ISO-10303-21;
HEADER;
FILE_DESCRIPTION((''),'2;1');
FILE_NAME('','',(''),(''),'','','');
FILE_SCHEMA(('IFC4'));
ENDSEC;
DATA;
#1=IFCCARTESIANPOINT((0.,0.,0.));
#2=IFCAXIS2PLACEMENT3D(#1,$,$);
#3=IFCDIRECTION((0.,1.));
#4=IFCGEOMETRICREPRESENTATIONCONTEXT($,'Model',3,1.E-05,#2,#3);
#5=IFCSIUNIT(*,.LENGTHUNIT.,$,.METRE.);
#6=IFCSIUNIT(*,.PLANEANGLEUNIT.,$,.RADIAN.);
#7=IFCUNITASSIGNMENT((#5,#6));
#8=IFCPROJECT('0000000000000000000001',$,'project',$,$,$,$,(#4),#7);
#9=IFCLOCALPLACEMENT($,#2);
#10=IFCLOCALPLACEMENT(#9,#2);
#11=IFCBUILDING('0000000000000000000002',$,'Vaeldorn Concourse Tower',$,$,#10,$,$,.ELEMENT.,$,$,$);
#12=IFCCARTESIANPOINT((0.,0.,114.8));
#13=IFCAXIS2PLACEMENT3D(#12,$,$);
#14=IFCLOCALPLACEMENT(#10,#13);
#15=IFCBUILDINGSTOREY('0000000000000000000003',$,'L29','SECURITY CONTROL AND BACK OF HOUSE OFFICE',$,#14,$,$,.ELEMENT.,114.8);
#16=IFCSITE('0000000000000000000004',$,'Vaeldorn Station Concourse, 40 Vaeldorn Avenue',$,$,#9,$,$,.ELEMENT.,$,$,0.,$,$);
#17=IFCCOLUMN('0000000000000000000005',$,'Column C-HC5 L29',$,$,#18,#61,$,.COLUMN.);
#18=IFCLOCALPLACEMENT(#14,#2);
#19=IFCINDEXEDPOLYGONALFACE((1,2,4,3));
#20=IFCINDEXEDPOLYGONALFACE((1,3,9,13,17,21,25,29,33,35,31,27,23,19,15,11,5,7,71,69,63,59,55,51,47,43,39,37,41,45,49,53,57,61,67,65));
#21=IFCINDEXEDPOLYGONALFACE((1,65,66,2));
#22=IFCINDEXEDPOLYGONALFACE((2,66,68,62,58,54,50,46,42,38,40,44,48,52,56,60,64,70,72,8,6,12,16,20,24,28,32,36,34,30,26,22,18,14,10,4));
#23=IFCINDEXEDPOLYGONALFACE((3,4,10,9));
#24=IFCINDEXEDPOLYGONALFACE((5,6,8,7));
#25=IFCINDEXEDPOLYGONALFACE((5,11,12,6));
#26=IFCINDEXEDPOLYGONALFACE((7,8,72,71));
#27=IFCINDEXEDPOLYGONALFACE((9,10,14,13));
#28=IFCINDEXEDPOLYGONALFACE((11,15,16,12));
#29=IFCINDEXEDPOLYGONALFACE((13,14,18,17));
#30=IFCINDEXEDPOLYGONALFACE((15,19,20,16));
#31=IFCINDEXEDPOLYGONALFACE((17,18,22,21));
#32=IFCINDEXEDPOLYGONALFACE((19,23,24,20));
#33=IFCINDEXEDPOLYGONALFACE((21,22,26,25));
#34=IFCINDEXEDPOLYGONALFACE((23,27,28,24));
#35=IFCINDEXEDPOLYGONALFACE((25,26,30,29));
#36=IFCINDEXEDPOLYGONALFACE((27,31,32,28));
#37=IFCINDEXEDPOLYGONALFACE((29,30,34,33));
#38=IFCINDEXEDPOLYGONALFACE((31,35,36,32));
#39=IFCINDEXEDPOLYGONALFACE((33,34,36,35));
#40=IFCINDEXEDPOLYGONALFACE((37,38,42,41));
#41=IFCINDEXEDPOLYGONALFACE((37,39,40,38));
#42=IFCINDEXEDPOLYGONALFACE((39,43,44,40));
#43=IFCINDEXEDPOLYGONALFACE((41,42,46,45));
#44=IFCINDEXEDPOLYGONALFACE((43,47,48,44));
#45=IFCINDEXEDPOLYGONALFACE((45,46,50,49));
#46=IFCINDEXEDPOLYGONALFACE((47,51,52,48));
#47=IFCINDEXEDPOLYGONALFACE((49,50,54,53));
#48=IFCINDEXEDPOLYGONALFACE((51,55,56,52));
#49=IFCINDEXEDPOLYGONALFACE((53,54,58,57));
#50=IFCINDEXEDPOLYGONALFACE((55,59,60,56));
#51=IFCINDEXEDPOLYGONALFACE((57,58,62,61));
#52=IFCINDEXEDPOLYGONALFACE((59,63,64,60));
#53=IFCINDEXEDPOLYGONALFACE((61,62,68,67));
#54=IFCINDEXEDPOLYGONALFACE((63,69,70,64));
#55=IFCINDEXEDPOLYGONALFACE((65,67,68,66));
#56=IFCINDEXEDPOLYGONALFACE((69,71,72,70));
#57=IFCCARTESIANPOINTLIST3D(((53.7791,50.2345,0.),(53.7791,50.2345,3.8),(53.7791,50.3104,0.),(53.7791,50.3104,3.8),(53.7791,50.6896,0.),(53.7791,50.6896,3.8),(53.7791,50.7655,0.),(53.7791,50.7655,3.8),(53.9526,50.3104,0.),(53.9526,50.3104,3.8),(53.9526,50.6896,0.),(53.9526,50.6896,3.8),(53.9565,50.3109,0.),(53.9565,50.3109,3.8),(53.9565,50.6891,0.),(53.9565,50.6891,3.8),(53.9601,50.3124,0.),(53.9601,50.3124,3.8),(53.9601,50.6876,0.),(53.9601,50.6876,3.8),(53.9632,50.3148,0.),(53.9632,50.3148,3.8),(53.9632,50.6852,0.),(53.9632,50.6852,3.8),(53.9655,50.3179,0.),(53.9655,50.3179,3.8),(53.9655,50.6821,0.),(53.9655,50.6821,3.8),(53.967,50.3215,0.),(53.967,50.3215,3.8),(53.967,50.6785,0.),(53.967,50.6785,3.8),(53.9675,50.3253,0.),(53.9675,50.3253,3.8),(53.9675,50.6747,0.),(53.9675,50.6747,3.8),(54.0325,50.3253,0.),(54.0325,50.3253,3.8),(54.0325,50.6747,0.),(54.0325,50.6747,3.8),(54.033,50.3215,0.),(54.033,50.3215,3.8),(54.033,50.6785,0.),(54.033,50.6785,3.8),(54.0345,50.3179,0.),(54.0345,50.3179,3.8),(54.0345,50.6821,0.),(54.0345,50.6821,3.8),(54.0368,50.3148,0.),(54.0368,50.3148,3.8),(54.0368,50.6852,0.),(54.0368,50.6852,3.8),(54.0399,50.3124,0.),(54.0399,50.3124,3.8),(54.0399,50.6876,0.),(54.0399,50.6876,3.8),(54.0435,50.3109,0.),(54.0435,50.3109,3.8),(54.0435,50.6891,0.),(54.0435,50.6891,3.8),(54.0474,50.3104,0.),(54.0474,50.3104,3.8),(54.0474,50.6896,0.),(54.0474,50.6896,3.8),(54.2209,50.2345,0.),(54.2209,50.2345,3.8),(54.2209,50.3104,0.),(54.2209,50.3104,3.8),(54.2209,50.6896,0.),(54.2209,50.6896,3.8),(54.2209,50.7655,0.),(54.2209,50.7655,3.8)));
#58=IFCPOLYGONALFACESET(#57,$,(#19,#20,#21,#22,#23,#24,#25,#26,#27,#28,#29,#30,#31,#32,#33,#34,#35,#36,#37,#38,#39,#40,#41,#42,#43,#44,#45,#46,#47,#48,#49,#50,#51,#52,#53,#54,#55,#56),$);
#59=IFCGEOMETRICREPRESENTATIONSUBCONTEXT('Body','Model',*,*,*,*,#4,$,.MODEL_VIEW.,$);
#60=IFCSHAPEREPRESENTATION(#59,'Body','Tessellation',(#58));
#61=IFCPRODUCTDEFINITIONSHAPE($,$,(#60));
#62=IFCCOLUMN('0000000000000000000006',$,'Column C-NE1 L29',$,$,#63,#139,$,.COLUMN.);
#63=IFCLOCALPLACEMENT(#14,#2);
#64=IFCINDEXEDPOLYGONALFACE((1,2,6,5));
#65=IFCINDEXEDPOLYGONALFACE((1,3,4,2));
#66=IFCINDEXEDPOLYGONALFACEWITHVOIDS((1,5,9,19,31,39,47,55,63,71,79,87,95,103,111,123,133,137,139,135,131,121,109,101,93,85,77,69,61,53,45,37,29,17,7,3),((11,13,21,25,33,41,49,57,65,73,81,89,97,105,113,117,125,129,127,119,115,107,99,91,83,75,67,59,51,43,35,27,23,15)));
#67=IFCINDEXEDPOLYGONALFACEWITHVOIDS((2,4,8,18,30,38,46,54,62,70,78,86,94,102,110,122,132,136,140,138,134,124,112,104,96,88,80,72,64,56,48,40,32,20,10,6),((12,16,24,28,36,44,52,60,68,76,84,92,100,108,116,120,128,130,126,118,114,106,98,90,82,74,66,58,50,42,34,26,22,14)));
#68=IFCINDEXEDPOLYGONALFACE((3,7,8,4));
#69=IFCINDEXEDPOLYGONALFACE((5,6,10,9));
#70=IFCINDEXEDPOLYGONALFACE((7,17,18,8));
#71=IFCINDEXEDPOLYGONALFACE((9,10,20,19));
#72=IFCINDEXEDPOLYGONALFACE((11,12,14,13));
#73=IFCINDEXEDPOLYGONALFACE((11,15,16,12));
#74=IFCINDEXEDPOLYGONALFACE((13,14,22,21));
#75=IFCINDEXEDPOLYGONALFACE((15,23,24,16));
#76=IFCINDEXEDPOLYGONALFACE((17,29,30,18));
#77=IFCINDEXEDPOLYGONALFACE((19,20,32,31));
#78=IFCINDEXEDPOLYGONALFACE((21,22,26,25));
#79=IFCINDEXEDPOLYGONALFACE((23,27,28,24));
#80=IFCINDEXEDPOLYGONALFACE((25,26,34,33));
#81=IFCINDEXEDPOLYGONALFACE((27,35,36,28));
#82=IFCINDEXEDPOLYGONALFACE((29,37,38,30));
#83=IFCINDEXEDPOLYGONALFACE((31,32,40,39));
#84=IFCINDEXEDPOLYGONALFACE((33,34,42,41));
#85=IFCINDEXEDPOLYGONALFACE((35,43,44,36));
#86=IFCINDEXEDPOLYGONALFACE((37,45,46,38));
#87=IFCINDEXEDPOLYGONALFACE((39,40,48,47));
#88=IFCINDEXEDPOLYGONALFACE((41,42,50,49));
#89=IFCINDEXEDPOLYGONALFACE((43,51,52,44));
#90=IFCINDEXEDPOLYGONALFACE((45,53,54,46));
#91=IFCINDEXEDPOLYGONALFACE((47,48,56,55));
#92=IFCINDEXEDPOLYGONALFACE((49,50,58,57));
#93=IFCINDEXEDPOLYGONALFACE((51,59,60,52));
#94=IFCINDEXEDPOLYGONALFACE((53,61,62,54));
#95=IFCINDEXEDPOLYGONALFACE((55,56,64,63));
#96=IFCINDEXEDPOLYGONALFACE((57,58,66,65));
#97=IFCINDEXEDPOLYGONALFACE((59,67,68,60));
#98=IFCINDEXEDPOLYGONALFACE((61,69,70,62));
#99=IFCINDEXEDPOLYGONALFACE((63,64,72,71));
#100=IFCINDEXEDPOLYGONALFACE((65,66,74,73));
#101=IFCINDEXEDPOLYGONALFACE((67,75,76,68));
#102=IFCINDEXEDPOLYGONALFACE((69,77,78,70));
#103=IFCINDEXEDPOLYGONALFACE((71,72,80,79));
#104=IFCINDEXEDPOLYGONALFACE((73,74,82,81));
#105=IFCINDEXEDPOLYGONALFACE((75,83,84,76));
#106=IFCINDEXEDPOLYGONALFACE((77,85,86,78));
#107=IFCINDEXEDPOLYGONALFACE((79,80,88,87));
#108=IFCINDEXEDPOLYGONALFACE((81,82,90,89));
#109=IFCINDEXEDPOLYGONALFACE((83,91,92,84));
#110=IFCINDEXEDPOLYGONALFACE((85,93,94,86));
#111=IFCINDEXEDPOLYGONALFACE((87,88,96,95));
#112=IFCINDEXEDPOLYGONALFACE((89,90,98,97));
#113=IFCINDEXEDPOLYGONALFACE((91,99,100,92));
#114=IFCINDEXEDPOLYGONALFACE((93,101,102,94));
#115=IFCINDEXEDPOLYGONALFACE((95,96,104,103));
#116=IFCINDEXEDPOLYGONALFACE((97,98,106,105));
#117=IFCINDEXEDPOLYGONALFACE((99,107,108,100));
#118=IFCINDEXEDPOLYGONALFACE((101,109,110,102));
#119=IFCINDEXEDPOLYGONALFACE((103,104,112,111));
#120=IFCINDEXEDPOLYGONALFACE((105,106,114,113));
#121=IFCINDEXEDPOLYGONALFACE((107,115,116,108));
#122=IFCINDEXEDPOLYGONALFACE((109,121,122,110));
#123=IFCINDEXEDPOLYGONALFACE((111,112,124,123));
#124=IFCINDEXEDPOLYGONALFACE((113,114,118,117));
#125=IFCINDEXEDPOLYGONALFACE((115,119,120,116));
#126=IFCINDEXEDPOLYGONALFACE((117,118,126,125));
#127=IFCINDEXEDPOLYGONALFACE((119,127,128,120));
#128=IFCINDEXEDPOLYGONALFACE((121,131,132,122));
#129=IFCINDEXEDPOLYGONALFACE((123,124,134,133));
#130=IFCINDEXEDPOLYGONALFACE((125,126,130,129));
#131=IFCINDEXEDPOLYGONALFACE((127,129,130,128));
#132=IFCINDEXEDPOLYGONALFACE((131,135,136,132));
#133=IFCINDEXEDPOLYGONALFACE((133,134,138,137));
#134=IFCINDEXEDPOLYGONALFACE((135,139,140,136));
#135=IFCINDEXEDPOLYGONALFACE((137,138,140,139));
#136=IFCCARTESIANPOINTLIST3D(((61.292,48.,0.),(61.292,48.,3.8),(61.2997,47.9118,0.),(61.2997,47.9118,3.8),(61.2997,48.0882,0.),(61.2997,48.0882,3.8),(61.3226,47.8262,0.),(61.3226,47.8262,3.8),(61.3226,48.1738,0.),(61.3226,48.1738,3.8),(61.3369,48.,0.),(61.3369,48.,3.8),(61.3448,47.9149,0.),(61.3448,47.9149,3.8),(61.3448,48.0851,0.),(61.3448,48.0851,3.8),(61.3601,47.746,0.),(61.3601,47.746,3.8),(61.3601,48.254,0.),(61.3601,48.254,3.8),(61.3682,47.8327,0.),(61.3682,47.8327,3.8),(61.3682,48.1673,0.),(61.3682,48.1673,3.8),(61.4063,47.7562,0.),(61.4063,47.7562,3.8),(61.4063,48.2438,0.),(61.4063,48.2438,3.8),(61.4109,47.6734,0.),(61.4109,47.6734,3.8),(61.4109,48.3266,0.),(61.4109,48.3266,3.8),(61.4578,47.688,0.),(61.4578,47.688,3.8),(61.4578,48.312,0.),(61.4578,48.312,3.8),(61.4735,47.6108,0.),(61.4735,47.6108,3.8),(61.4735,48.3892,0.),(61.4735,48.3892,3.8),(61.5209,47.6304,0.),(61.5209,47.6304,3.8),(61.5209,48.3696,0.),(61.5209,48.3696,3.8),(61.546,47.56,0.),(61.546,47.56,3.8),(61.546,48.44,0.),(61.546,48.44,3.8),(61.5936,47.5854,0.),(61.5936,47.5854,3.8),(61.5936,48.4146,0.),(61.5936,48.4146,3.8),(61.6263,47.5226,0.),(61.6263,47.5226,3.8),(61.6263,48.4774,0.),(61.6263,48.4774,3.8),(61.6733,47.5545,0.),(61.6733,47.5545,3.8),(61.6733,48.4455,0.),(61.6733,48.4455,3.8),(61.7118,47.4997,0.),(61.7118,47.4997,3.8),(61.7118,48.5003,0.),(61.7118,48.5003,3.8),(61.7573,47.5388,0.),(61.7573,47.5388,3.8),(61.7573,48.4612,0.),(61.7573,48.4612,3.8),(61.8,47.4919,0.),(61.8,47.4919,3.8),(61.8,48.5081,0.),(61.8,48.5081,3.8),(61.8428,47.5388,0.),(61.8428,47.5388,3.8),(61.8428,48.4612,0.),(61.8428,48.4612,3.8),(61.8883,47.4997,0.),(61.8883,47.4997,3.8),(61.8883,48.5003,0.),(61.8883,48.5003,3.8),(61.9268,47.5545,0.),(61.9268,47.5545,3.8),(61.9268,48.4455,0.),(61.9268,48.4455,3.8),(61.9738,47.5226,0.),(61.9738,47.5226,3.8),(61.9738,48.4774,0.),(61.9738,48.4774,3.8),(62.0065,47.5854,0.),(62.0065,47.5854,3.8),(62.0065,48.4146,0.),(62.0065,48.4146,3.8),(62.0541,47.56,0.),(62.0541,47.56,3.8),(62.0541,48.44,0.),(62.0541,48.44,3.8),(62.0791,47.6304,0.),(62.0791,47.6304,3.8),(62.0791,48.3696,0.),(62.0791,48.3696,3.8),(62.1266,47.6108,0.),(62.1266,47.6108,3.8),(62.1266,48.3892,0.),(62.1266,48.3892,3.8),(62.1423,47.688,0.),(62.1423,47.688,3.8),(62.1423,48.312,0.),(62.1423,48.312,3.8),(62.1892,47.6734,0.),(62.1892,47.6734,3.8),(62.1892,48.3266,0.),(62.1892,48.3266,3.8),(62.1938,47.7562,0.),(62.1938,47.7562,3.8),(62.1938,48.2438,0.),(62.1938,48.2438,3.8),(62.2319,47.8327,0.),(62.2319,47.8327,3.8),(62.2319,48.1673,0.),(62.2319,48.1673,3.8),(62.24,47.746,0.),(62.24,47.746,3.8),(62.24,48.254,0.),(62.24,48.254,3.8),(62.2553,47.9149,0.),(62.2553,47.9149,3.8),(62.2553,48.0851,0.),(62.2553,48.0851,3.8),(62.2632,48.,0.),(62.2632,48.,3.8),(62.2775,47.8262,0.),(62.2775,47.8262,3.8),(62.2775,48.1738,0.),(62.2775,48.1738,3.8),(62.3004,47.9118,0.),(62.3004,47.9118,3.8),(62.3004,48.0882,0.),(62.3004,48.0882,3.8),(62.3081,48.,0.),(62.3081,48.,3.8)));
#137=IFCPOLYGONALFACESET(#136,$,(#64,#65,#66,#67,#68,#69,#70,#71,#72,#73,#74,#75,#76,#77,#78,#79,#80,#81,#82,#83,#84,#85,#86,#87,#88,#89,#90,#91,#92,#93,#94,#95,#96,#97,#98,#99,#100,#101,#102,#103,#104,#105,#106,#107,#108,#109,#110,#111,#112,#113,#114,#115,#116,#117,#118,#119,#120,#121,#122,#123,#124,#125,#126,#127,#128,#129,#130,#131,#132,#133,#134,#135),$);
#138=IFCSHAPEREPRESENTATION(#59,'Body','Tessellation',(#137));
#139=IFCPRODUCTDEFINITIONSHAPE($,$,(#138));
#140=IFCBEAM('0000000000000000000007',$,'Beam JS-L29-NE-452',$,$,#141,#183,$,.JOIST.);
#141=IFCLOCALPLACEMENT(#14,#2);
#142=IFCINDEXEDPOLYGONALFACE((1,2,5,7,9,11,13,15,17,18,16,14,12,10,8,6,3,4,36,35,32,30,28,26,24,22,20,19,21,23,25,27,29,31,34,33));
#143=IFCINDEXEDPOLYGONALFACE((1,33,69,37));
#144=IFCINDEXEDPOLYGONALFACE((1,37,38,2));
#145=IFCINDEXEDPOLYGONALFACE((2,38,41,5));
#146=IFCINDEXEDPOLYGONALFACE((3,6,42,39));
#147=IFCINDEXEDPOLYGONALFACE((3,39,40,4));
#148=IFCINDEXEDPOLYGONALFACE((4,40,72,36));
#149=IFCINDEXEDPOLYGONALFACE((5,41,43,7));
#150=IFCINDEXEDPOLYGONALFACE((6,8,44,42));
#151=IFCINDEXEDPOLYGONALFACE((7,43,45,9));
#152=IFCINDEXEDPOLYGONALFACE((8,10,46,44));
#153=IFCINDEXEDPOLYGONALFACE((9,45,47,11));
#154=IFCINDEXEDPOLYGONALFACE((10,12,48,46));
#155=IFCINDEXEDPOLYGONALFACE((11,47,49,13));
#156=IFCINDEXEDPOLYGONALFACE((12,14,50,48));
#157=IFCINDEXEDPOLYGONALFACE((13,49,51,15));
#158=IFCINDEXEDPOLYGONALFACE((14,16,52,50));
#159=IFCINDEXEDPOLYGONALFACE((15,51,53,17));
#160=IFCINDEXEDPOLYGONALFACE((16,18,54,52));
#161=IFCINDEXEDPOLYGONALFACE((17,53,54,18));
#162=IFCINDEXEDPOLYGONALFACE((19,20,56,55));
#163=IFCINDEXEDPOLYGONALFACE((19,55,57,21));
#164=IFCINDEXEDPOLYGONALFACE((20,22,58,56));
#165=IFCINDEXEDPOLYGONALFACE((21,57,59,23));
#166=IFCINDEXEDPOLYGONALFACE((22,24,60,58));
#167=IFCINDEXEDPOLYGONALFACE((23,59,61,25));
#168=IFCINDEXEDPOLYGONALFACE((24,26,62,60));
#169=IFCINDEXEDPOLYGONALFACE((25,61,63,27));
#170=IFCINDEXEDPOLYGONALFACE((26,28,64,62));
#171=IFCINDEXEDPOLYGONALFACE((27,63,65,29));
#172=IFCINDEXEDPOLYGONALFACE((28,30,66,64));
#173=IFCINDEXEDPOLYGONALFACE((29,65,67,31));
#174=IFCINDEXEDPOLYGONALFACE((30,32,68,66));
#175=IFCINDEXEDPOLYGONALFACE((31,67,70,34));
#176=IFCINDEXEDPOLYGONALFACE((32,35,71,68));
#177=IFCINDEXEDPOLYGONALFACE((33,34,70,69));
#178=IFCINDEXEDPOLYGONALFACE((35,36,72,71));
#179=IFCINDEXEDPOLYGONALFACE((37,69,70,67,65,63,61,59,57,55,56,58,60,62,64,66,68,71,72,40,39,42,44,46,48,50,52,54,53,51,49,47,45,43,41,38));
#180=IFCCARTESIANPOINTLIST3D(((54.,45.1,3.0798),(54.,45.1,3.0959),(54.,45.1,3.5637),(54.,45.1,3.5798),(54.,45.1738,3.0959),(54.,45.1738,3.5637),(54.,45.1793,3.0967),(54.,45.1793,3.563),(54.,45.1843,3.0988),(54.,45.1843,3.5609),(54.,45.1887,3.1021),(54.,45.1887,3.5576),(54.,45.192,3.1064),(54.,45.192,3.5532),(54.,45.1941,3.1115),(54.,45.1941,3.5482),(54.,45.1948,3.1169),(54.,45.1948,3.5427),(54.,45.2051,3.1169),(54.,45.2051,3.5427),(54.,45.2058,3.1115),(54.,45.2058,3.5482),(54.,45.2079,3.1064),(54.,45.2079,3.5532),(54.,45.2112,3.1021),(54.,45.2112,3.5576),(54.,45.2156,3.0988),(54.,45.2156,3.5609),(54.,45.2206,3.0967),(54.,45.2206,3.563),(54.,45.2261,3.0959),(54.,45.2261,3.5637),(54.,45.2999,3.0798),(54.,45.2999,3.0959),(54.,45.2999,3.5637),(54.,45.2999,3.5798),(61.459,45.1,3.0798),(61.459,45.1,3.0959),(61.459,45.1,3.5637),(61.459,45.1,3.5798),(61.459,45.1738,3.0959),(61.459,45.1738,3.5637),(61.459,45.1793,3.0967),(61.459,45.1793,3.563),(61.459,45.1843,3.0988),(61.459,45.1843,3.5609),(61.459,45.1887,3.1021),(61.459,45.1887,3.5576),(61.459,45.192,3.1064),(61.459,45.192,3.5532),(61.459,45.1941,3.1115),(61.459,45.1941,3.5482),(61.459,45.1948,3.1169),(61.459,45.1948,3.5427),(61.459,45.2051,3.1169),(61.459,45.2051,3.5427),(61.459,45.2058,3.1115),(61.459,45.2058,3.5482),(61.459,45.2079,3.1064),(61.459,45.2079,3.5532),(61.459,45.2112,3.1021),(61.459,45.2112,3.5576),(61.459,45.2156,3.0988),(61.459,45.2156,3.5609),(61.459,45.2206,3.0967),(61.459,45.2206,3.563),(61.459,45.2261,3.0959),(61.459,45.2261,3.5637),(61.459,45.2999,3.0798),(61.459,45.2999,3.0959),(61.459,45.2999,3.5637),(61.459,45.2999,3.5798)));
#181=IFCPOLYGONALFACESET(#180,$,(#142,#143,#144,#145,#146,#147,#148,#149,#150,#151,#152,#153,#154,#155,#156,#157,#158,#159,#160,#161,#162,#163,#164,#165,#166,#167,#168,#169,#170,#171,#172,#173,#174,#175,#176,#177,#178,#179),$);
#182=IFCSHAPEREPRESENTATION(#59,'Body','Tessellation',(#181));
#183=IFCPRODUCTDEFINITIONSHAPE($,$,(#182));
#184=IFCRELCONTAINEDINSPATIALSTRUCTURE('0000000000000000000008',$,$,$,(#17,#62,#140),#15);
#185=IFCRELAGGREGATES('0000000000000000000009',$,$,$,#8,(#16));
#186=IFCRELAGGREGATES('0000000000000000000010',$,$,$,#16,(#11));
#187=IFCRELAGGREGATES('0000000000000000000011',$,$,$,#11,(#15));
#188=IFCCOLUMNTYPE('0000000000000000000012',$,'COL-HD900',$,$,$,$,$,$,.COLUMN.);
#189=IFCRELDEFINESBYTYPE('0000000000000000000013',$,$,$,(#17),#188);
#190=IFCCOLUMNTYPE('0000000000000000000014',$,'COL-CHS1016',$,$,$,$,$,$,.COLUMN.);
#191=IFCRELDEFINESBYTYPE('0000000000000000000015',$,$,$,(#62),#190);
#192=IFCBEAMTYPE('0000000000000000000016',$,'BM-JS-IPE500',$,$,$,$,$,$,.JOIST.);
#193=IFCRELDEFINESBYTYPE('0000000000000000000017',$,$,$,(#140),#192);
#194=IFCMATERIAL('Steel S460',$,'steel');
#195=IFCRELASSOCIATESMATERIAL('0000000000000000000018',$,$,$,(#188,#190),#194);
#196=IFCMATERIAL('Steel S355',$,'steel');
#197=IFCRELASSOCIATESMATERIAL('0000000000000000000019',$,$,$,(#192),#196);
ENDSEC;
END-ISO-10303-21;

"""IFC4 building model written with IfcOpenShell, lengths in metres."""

from ifc_helpers import new_model, si_unit, direction, frame, origin, origin_2d, place, context, subcontext, project, spatial, hollow_circle, i_section, extrude, source, transform, mapped, material, material_profile, profile_set, type_object, element, save


model = new_model("IFC4")

# Units and contexts
model_context = context("Model", 3, precision=1e-05, world=origin(), true_north=direction((0.0, 1.0)))
body_context = subcontext(model_context, "Body", "Model", "MODEL_VIEW")
ifc_project = project(units=[si_unit("LENGTHUNIT", "METRE"), si_unit("PLANEANGLEUNIT", "RADIAN")], contexts=[model_context])

# Site, building, storey
site_placement = place(None, origin())
site = spatial("IfcSite", under=ifc_project, at=site_placement, Name="Vaeldorn Station Concourse, 40 Vaeldorn Avenue", CompositionType="ELEMENT", RefElevation=0.0)
building_placement = place(site_placement, origin())
building = spatial("IfcBuilding", under=site, at=building_placement, Name="Vaeldorn Concourse Tower", CompositionType="ELEMENT")
storey_placement = place(building_placement, frame((0.0, 0.0, 114.8)))
storey = spatial("IfcBuildingStorey", under=building, at=storey_placement, Name="L29", Description="SECURITY CONTROL AND BACK OF HOUSE OFFICE", CompositionType="ELEMENT", Elevation=114.8)

# Columns
ifc_material_1 = material(Name="Steel S460", Category="steel")
ifc_material_profile_1 = material_profile(ifc_material_1, i_section(OverallWidth=0.4419, OverallDepth=0.531, WebThickness=0.0649, FlangeThickness=0.0759, FilletRadius=0.0149, at=origin_2d()), Name="HD 400x900")
ifc_profile_set_1 = profile_set([ifc_material_profile_1], Name="Steel S460")
column_type_1 = type_object("IfcColumnType", Name="COL-HD900", PredefinedType="COLUMN", material=ifc_profile_set_1)
shared_shape_1 = source(origin(), body_context, "Body", "SweptSolid", [
    extrude(i_section(OverallWidth=0.4419, OverallDepth=0.531, WebThickness=0.0649, FlangeThickness=0.0759, FilletRadius=0.0149, at=origin_2d()), origin(), (0.0, 0.0, 1.0), 3.8),
])
column_1_placement = place(storey_placement, frame((54.0, 50.5, 0.0), z_axis=(0.0, 0.0, 1.0), x_axis=(1.0, 0.0, 0.0)))
element("IfcColumn", 1, at=column_1_placement, inside=storey, type_object=column_type_1, Name="Column C-HC5 L29", PredefinedType="COLUMN", context=body_context, shape_type="MappedRepresentation", body=[
    mapped(shared_shape_1, transform((0.0, 0.0, 0.0), scale=1.0)),
])
ifc_material_profile_2 = material_profile(ifc_material_1, hollow_circle(Radius=0.5081, WallThickness=0.0449, at=origin_2d()), Name="CHS 1016x45")
ifc_profile_set_2 = profile_set([ifc_material_profile_2], Name="Steel S460")
column_type_2 = type_object("IfcColumnType", Name="COL-CHS1016", PredefinedType="COLUMN", material=ifc_profile_set_2)
shared_shape_2 = source(origin(), body_context, "Body", "SweptSolid", [
    extrude(hollow_circle(Radius=0.5081, WallThickness=0.0449, at=origin_2d()), origin(), (0.0, 0.0, 1.0), 3.8),
])
column_2_placement = place(storey_placement, frame((61.8, 48.0, 0.0), z_axis=(0.0, 0.0, 1.0), x_axis=(1.0, 0.0, 0.0)))
element("IfcColumn", 2, at=column_2_placement, inside=storey, type_object=column_type_2, Name="Column C-NE1 L29", PredefinedType="COLUMN", context=body_context, shape_type="MappedRepresentation", body=[
    mapped(shared_shape_2, transform((0.0, 0.0, 0.0), scale=1.0)),
])

# Beam
ifc_material_2 = material(Name="Steel S355", Category="steel")
ifc_material_profile_3 = material_profile(ifc_material_2, i_section(OverallWidth=0.2, OverallDepth=0.5, WebThickness=0.0103, FlangeThickness=0.0161, FilletRadius=0.021, at=origin_2d()), Name="IPE 500")
ifc_profile_set_3 = profile_set([ifc_material_profile_3], Name="Steel S355")
beam_type_1 = type_object("IfcBeamType", Name="BM-JS-IPE500", PredefinedType="JOIST", material=ifc_profile_set_3)
shared_shape_3 = source(origin(), body_context, "Body", "SweptSolid", [
    extrude(i_section(OverallWidth=0.2, OverallDepth=0.5, WebThickness=0.0103, FlangeThickness=0.0161, FilletRadius=0.021, at=origin_2d()), origin(), (0.0, 0.0, 1.0), 7.459),
])
beam_1_placement = place(storey_placement, frame((54.0, 45.2, 3.3298), z_axis=(1.0, 0.0, 0.0), x_axis=(0.0, 1.0, 0.0)))
element("IfcBeam", 3, at=beam_1_placement, inside=storey, type_object=beam_type_1, Name="Beam JS-L29-NE-452", PredefinedType="JOIST", context=body_context, shape_type="MappedRepresentation", body=[
    mapped(shared_shape_3, transform((0.0, 0.0, 0.0), scale=1.0)),
])

save(model, "model.ifc")
